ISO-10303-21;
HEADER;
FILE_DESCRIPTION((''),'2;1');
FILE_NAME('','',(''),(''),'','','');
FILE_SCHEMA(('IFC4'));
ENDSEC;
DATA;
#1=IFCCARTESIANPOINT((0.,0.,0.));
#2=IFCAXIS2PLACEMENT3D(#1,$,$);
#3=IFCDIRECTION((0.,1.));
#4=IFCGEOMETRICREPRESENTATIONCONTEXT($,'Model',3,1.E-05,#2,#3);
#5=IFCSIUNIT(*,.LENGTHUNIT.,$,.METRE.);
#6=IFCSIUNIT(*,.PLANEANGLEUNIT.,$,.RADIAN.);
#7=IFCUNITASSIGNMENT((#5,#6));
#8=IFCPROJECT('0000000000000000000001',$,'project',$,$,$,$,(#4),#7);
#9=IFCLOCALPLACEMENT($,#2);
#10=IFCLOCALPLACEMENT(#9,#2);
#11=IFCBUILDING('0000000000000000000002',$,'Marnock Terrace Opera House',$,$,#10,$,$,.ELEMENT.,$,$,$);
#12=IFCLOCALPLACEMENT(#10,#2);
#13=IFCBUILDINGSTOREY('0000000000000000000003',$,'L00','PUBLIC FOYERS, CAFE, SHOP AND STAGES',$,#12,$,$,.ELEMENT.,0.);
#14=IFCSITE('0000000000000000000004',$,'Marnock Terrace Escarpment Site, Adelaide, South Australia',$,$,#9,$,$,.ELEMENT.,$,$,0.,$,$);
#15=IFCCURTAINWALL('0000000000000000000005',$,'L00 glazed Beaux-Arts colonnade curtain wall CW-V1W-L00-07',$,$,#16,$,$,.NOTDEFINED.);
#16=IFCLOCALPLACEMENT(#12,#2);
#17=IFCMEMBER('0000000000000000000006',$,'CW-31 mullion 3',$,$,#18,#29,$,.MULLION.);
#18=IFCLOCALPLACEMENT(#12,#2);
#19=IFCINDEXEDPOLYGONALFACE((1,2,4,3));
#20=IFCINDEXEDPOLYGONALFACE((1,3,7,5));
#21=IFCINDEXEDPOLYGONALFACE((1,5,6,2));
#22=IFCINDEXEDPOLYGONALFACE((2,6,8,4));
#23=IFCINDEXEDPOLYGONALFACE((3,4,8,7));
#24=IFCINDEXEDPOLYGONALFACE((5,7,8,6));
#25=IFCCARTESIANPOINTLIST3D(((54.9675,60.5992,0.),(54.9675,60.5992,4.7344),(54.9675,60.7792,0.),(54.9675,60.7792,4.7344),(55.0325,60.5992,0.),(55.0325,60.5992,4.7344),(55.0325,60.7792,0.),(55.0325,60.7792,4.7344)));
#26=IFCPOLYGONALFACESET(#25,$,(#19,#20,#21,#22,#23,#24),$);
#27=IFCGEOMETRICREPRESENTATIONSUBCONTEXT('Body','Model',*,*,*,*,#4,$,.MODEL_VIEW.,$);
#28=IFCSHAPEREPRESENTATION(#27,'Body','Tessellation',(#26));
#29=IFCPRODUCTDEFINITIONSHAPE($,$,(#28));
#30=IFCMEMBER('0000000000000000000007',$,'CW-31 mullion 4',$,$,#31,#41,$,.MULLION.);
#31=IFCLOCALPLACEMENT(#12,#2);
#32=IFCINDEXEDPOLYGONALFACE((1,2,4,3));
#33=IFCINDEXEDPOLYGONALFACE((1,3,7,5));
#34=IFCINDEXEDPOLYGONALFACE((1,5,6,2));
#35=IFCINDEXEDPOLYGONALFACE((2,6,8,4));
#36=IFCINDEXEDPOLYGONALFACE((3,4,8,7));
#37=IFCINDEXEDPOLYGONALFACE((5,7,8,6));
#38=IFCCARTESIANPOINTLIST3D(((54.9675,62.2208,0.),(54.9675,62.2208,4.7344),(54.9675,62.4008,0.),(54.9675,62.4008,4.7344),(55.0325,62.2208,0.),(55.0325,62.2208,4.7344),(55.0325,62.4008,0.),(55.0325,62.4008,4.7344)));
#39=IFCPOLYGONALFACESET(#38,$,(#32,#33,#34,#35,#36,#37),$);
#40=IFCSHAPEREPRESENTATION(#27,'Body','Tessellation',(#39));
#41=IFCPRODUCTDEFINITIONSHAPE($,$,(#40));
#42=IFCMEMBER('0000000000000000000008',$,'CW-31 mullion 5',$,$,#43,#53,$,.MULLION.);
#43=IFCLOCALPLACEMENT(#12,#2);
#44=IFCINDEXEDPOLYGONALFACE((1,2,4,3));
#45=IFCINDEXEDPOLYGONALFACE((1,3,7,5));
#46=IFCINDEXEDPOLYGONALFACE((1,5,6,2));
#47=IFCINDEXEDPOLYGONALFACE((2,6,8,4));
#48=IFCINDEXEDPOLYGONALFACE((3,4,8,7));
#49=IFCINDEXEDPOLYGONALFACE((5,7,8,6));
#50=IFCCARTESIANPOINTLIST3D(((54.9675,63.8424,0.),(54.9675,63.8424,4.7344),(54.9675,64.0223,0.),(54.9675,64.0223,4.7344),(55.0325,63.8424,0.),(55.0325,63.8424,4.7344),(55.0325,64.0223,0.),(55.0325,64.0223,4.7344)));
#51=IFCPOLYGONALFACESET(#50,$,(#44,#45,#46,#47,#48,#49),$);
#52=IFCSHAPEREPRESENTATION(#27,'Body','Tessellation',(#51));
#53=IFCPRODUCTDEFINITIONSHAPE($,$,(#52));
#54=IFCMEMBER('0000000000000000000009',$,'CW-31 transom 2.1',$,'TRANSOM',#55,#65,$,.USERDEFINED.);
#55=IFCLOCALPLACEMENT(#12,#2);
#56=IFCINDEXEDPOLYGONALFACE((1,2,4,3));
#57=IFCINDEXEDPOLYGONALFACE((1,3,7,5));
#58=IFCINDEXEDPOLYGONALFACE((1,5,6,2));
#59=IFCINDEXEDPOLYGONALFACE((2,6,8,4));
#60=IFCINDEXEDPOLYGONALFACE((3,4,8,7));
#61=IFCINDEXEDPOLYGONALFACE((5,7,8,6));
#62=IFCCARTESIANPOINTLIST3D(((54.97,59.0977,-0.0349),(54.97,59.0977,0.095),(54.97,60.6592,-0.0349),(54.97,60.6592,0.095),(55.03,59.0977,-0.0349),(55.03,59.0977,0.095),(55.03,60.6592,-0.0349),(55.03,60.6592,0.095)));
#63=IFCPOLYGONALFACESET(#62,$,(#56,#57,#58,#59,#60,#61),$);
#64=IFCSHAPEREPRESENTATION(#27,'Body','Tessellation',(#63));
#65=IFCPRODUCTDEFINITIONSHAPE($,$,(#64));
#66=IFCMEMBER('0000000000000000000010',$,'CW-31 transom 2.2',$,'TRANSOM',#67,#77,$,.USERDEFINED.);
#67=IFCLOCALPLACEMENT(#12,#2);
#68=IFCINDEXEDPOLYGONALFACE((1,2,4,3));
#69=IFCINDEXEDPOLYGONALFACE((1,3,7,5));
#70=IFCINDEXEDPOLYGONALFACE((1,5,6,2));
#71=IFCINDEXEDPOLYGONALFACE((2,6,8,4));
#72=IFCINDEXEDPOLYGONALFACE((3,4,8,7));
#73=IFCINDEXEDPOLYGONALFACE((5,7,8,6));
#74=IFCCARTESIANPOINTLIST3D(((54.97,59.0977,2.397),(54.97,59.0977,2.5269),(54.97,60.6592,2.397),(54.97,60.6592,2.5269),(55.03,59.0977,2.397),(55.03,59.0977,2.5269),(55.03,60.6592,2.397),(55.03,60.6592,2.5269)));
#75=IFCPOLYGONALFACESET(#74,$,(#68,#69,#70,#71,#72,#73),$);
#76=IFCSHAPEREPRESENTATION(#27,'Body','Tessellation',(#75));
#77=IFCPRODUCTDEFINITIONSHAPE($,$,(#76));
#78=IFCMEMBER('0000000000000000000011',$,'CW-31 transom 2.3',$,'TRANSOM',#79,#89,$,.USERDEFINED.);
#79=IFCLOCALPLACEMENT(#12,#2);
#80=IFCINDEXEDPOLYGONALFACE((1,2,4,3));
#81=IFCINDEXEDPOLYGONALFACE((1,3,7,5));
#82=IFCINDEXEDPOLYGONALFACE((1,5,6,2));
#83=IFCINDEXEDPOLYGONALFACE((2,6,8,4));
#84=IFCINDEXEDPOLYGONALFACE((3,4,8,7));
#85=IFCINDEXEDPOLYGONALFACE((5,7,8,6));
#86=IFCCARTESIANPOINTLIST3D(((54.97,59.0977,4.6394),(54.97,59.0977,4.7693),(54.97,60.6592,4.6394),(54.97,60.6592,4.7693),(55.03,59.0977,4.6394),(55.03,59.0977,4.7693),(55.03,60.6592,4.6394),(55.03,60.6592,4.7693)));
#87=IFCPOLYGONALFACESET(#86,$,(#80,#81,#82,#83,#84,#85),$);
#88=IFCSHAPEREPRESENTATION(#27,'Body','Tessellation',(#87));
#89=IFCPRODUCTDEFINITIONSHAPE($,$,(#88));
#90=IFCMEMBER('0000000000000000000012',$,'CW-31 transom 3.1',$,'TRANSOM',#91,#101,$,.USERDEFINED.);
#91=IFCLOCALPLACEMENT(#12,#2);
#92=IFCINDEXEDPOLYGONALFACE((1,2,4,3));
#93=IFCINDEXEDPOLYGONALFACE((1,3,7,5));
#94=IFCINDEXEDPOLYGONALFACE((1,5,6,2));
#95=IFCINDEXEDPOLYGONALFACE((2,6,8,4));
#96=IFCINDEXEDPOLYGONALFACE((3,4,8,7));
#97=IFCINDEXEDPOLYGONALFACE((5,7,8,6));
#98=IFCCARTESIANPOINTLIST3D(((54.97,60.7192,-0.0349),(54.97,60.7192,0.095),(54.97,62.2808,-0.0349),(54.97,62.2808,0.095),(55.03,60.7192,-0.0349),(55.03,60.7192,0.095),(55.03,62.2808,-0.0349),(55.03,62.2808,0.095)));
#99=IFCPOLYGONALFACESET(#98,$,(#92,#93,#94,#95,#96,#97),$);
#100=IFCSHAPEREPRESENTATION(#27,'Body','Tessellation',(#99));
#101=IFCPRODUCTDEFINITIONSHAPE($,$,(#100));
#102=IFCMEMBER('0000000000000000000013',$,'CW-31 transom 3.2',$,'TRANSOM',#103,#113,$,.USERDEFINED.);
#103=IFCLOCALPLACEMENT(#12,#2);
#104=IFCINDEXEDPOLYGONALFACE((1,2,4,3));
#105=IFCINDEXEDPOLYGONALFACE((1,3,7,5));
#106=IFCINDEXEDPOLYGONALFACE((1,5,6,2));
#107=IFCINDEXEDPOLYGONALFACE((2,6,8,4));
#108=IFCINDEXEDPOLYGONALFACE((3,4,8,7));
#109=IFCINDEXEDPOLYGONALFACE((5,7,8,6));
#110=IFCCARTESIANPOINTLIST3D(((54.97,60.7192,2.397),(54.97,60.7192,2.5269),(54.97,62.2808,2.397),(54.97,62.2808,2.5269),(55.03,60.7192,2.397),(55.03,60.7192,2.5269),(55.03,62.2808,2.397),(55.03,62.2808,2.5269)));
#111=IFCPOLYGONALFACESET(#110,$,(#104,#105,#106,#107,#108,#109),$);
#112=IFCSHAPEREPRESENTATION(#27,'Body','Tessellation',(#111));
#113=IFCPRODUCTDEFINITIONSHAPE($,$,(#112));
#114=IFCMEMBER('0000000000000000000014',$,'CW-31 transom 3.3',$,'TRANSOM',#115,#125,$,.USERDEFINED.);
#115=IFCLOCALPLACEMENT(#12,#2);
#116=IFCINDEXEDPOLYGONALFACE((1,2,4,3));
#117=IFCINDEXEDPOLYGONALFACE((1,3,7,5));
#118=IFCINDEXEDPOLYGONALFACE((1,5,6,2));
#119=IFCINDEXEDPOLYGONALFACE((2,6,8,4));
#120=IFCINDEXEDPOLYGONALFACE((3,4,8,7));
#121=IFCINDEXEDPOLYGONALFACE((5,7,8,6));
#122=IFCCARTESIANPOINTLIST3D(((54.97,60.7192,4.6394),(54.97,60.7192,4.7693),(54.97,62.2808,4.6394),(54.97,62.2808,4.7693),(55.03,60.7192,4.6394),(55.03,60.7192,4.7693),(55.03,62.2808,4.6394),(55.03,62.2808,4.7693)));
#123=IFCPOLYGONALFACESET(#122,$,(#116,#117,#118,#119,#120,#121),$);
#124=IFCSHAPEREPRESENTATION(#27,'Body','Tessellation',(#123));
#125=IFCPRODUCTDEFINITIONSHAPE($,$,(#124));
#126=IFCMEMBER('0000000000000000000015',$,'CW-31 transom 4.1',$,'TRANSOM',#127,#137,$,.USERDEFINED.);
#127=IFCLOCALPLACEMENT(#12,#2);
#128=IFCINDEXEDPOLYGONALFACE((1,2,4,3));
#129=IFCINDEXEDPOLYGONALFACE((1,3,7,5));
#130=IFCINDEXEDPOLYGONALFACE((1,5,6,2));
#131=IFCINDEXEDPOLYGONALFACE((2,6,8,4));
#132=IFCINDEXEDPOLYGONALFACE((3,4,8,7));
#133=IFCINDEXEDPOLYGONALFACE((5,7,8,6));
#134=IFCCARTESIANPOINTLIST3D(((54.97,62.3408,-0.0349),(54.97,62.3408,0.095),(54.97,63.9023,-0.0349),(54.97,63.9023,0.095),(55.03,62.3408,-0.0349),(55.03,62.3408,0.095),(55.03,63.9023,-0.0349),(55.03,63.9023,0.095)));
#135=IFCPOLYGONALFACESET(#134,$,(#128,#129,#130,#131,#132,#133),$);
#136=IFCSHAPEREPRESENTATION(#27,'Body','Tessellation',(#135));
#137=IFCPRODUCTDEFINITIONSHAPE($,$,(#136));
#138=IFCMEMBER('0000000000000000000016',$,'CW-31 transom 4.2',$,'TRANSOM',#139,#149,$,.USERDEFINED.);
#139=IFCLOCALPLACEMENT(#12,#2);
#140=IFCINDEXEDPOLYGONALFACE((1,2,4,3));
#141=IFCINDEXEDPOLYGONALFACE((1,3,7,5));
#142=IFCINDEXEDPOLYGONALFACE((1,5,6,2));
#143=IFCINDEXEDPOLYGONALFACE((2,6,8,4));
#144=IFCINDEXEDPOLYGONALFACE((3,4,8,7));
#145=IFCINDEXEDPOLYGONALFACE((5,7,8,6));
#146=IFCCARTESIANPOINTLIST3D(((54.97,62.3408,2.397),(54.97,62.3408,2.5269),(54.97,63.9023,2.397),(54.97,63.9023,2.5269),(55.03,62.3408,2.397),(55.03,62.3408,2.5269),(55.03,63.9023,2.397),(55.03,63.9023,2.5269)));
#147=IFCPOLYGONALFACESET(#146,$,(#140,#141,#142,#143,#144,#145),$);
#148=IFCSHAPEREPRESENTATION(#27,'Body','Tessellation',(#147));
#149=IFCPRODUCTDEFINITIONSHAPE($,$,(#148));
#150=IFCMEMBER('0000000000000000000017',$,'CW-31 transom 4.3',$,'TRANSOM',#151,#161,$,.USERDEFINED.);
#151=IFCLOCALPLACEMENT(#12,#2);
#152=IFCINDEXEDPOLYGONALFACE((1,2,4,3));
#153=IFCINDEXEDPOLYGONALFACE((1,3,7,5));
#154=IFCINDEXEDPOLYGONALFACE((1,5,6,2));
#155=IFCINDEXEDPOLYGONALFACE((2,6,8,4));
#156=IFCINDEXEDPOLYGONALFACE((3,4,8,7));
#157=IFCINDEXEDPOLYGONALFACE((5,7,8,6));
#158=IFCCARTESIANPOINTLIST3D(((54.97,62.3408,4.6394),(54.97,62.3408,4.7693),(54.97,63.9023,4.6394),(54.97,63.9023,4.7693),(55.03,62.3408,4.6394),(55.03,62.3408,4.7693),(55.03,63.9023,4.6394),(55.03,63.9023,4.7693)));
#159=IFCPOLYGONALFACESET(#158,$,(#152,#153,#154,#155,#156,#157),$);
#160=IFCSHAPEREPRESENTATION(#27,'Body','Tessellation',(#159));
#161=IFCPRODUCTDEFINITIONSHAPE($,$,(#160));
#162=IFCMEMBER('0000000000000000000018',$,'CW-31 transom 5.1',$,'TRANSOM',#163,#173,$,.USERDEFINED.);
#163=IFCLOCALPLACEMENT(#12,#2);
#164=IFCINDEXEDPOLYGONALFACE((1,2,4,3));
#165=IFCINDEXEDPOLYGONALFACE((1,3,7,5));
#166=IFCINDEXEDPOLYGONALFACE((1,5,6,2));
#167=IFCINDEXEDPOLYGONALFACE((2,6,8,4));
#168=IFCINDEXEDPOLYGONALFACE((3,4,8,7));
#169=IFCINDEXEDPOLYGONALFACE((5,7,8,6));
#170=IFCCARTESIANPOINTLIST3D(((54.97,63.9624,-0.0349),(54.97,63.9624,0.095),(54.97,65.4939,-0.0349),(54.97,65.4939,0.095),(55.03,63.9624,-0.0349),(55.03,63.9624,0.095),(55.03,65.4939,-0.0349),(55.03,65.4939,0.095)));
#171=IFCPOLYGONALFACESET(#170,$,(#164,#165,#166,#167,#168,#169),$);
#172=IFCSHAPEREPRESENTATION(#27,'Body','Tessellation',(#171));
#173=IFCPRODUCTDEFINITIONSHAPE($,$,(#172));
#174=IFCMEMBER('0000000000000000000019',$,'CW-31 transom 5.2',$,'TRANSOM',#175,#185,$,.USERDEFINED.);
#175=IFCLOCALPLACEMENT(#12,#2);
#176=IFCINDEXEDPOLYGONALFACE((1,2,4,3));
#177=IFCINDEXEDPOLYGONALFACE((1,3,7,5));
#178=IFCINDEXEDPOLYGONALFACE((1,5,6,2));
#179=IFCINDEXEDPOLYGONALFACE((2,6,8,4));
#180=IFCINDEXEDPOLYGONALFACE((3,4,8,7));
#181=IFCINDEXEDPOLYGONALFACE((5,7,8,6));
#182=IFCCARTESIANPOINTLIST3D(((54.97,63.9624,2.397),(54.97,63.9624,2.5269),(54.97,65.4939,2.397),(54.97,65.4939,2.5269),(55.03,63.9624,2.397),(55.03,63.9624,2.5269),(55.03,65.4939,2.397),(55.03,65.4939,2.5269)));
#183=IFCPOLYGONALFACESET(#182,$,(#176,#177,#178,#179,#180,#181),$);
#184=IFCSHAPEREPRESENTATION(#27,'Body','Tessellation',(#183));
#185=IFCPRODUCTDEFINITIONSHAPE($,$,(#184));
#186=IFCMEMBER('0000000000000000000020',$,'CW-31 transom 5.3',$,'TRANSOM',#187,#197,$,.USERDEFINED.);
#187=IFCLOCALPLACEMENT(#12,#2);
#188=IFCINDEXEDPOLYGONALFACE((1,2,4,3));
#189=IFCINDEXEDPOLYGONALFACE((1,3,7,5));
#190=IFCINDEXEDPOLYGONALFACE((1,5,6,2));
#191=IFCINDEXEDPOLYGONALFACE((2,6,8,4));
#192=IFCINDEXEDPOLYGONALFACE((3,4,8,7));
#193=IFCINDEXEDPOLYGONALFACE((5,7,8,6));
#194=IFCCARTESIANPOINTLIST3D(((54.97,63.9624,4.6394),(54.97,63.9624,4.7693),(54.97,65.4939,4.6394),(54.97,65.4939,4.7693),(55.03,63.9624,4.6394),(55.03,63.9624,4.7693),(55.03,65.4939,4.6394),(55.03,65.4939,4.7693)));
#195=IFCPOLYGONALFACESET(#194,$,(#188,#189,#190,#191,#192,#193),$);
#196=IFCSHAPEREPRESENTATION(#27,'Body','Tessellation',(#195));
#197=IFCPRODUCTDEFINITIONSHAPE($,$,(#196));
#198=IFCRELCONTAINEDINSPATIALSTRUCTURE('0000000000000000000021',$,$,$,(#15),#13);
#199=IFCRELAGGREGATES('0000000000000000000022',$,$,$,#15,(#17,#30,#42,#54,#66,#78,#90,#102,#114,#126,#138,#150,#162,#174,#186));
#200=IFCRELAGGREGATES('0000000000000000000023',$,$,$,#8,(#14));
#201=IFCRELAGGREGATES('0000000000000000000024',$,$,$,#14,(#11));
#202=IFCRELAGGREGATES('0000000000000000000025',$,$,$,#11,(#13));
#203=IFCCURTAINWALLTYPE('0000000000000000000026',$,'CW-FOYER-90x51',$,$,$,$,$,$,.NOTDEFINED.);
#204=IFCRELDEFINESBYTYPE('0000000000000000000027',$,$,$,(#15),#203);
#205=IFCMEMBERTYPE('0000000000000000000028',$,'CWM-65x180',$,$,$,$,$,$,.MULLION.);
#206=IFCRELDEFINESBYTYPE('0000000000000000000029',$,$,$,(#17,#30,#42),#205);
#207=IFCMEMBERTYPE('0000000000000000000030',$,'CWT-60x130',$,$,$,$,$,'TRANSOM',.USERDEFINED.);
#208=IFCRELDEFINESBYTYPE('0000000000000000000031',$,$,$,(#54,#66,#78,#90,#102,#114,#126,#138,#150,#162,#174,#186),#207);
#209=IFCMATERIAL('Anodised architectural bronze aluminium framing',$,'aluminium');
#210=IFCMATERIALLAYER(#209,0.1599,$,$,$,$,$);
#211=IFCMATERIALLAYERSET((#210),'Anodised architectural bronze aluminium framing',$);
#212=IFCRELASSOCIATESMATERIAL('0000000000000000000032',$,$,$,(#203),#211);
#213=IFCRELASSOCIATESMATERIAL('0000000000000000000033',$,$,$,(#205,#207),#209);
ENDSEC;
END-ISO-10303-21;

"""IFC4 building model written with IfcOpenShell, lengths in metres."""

from ifc_helpers import new_model, si_unit, direction, frame, origin, origin_2d, place, context, subcontext, project, spatial, rectangle, extrude, material, layer, layer_set, material_profile, profile_set, type_object, element, aggregate, save


model = new_model("IFC4")

# Units and contexts
model_context = context("Model", 3, precision=1e-05, world=origin(), true_north=direction((0.0, 1.0)))
body_context = subcontext(model_context, "Body", "Model", "MODEL_VIEW")
ifc_project = project(units=[si_unit("LENGTHUNIT", "METRE"), si_unit("PLANEANGLEUNIT", "RADIAN")], contexts=[model_context])

# Site, building, storey
site_placement = place(None, origin())
site = spatial("IfcSite", under=ifc_project, at=site_placement, Name="Marnock Terrace Escarpment Site, Adelaide, South Australia", CompositionType="ELEMENT", RefElevation=0.0)
building_placement = place(site_placement, origin())
building = spatial("IfcBuilding", under=site, at=building_placement, Name="Marnock Terrace Opera House", CompositionType="ELEMENT")
storey_placement = place(building_placement, origin())
storey = spatial("IfcBuildingStorey", under=building, at=storey_placement, Name="L00", Description="PUBLIC FOYERS, CAFE, SHOP AND STAGES", CompositionType="ELEMENT", Elevation=0.0)

# Curtain wall, members
ifc_material_1 = material(Name="Anodised architectural bronze aluminium framing", Category="aluminium")
ifc_layer_1 = layer(ifc_material_1, 0.1599)
ifc_layer_set_1 = layer_set([ifc_layer_1], Name="Anodised architectural bronze aluminium framing")
curtain_wall_type = type_object("IfcCurtainWallType", Name="CW-FOYER-90x51", PredefinedType="NOTDEFINED", material=ifc_layer_set_1)
curtain_wall_placement = place(storey_placement, origin())
curtain_wall = element("IfcCurtainWall", 1, at=curtain_wall_placement, inside=storey, type_object=curtain_wall_type, Name="L00 glazed Beaux-Arts colonnade curtain wall CW-V1W-L00-07", PredefinedType="NOTDEFINED")
ifc_material_profile_1 = material_profile(ifc_material_1, rectangle(XDim=0.0649, YDim=0.1799, at=origin_2d()))
ifc_profile_set_1 = profile_set([ifc_material_profile_1], Name="Anodised architectural bronze aluminium framing")
member_type_1 = type_object("IfcMemberType", Name="CWM-65x180", PredefinedType="MULLION", material=ifc_profile_set_1)
member_1_placement = place(storey_placement, frame((55.0, 60.6892, 0.0), z_axis=(0.0, 0.0, 1.0), x_axis=(-1.0, 0.0, 0.0)))
member_1 = element("IfcMember", 2, at=member_1_placement, type_object=member_type_1, Name="CW-31 mullion 3", PredefinedType="MULLION", context=body_context, shape_type="SweptSolid", body=[
    extrude(rectangle(XDim=0.0649, YDim=0.1799, at=origin_2d()), origin(), (0.0, 0.0, 1.0), 4.7344),
])
member_2_placement = place(storey_placement, frame((55.0, 62.3108, 0.0), z_axis=(0.0, 0.0, 1.0), x_axis=(-1.0, 0.0, 0.0)))
member_2 = element("IfcMember", 3, at=member_2_placement, type_object=member_type_1, Name="CW-31 mullion 4", PredefinedType="MULLION", context=body_context, shape_type="SweptSolid", body=[
    extrude(rectangle(XDim=0.0649, YDim=0.1799, at=origin_2d()), origin(), (0.0, 0.0, 1.0), 4.7344),
])
member_3_placement = place(storey_placement, frame((55.0, 63.9324, 0.0), z_axis=(0.0, 0.0, 1.0), x_axis=(-1.0, 0.0, 0.0)))
member_3 = element("IfcMember", 4, at=member_3_placement, type_object=member_type_1, Name="CW-31 mullion 5", PredefinedType="MULLION", context=body_context, shape_type="SweptSolid", body=[
    extrude(rectangle(XDim=0.0649, YDim=0.1799, at=origin_2d()), origin(), (0.0, 0.0, 1.0), 4.7344),
])
ifc_material_profile_2 = material_profile(ifc_material_1, rectangle(XDim=0.0601, YDim=0.1299, at=origin_2d()))
ifc_profile_set_2 = profile_set([ifc_material_profile_2], Name="Anodised architectural bronze aluminium framing")
member_type_2 = type_object("IfcMemberType", Name="CWT-60x130", ElementType="TRANSOM", PredefinedType="USERDEFINED", material=ifc_profile_set_2)
member_4_placement = place(storey_placement, frame((55.0, 59.0977, 0.03), z_axis=(0.0, 1.0, 0.0), x_axis=(-1.0, 0.0, 0.0)))
member_4 = element("IfcMember", 5, at=member_4_placement, type_object=member_type_2, Name="CW-31 transom 2.1", ObjectType="TRANSOM", PredefinedType="USERDEFINED", context=body_context, shape_type="SweptSolid", body=[
    extrude(rectangle(XDim=0.0601, YDim=0.1299, at=origin_2d()), origin(), (0.0, 0.0, 1.0), 1.5615),
])
member_5_placement = place(storey_placement, frame((55.0, 59.0977, 2.4619), z_axis=(0.0, 1.0, 0.0), x_axis=(-1.0, 0.0, 0.0)))
member_5 = element("IfcMember", 6, at=member_5_placement, type_object=member_type_2, Name="CW-31 transom 2.2", ObjectType="TRANSOM", PredefinedType="USERDEFINED", context=body_context, shape_type="SweptSolid", body=[
    extrude(rectangle(XDim=0.0601, YDim=0.1299, at=origin_2d()), origin(), (0.0, 0.0, 1.0), 1.5615),
])
member_6_placement = place(storey_placement, frame((55.0, 59.0977, 4.7043), z_axis=(0.0, 1.0, 0.0), x_axis=(-1.0, 0.0, 0.0)))
member_6 = element("IfcMember", 7, at=member_6_placement, type_object=member_type_2, Name="CW-31 transom 2.3", ObjectType="TRANSOM", PredefinedType="USERDEFINED", context=body_context, shape_type="SweptSolid", body=[
    extrude(rectangle(XDim=0.0601, YDim=0.1299, at=origin_2d()), origin(), (0.0, 0.0, 1.0), 1.5615),
])
member_7_placement = place(storey_placement, frame((55.0, 60.7192, 0.03), z_axis=(0.0, 1.0, 0.0), x_axis=(-1.0, 0.0, 0.0)))
member_7 = element("IfcMember", 8, at=member_7_placement, type_object=member_type_2, Name="CW-31 transom 3.1", ObjectType="TRANSOM", PredefinedType="USERDEFINED", context=body_context, shape_type="SweptSolid", body=[
    extrude(rectangle(XDim=0.0601, YDim=0.1299, at=origin_2d()), origin(), (0.0, 0.0, 1.0), 1.5615),
])
member_8_placement = place(storey_placement, frame((55.0, 60.7192, 2.4619), z_axis=(0.0, 1.0, 0.0), x_axis=(-1.0, 0.0, 0.0)))
member_8 = element("IfcMember", 9, at=member_8_placement, type_object=member_type_2, Name="CW-31 transom 3.2", ObjectType="TRANSOM", PredefinedType="USERDEFINED", context=body_context, shape_type="SweptSolid", body=[
    extrude(rectangle(XDim=0.0601, YDim=0.1299, at=origin_2d()), origin(), (0.0, 0.0, 1.0), 1.5615),
])
member_9_placement = place(storey_placement, frame((55.0, 60.7192, 4.7043), z_axis=(0.0, 1.0, 0.0), x_axis=(-1.0, 0.0, 0.0)))
member_9 = element("IfcMember", 10, at=member_9_placement, type_object=member_type_2, Name="CW-31 transom 3.3", ObjectType="TRANSOM", PredefinedType="USERDEFINED", context=body_context, shape_type="SweptSolid", body=[
    extrude(rectangle(XDim=0.0601, YDim=0.1299, at=origin_2d()), origin(), (0.0, 0.0, 1.0), 1.5615),
])
member_10_placement = place(storey_placement, frame((55.0, 62.3408, 0.03), z_axis=(0.0, 1.0, 0.0), x_axis=(-1.0, 0.0, 0.0)))
member_10 = element("IfcMember", 11, at=member_10_placement, type_object=member_type_2, Name="CW-31 transom 4.1", ObjectType="TRANSOM", PredefinedType="USERDEFINED", context=body_context, shape_type="SweptSolid", body=[
    extrude(rectangle(XDim=0.0601, YDim=0.1299, at=origin_2d()), origin(), (0.0, 0.0, 1.0), 1.5615),
])
member_11_placement = place(storey_placement, frame((55.0, 62.3408, 2.4619), z_axis=(0.0, 1.0, 0.0), x_axis=(-1.0, 0.0, 0.0)))
member_11 = element("IfcMember", 12, at=member_11_placement, type_object=member_type_2, Name="CW-31 transom 4.2", ObjectType="TRANSOM", PredefinedType="USERDEFINED", context=body_context, shape_type="SweptSolid", body=[
    extrude(rectangle(XDim=0.0601, YDim=0.1299, at=origin_2d()), origin(), (0.0, 0.0, 1.0), 1.5615),
])
member_12_placement = place(storey_placement, frame((55.0, 62.3408, 4.7043), z_axis=(0.0, 1.0, 0.0), x_axis=(-1.0, 0.0, 0.0)))
member_12 = element("IfcMember", 13, at=member_12_placement, type_object=member_type_2, Name="CW-31 transom 4.3", ObjectType="TRANSOM", PredefinedType="USERDEFINED", context=body_context, shape_type="SweptSolid", body=[
    extrude(rectangle(XDim=0.0601, YDim=0.1299, at=origin_2d()), origin(), (0.0, 0.0, 1.0), 1.5615),
])
member_13_placement = place(storey_placement, frame((55.0, 63.9624, 0.03), z_axis=(0.0, 1.0, 0.0), x_axis=(-1.0, 0.0, 0.0)))
member_13 = element("IfcMember", 14, at=member_13_placement, type_object=member_type_2, Name="CW-31 transom 5.1", ObjectType="TRANSOM", PredefinedType="USERDEFINED", context=body_context, shape_type="SweptSolid", body=[
    extrude(rectangle(XDim=0.0601, YDim=0.1299, at=origin_2d()), origin(), (0.0, 0.0, 1.0), 1.5315),
])
member_14_placement = place(storey_placement, frame((55.0, 63.9624, 2.4619), z_axis=(0.0, 1.0, 0.0), x_axis=(-1.0, 0.0, 0.0)))
member_14 = element("IfcMember", 15, at=member_14_placement, type_object=member_type_2, Name="CW-31 transom 5.2", ObjectType="TRANSOM", PredefinedType="USERDEFINED", context=body_context, shape_type="SweptSolid", body=[
    extrude(rectangle(XDim=0.0601, YDim=0.1299, at=origin_2d()), origin(), (0.0, 0.0, 1.0), 1.5315),
])
member_15_placement = place(storey_placement, frame((55.0, 63.9624, 4.7043), z_axis=(0.0, 1.0, 0.0), x_axis=(-1.0, 0.0, 0.0)))
member_15 = element("IfcMember", 16, at=member_15_placement, type_object=member_type_2, Name="CW-31 transom 5.3", ObjectType="TRANSOM", PredefinedType="USERDEFINED", context=body_context, shape_type="SweptSolid", body=[
    extrude(rectangle(XDim=0.0601, YDim=0.1299, at=origin_2d()), origin(), (0.0, 0.0, 1.0), 1.5315),
])
aggregate(curtain_wall, [member_1, member_2, member_3, member_4, member_5, member_6, member_7, member_8, member_9, member_10, member_11, member_12, member_13, member_14, member_15])

save(model, "model.ifc")
